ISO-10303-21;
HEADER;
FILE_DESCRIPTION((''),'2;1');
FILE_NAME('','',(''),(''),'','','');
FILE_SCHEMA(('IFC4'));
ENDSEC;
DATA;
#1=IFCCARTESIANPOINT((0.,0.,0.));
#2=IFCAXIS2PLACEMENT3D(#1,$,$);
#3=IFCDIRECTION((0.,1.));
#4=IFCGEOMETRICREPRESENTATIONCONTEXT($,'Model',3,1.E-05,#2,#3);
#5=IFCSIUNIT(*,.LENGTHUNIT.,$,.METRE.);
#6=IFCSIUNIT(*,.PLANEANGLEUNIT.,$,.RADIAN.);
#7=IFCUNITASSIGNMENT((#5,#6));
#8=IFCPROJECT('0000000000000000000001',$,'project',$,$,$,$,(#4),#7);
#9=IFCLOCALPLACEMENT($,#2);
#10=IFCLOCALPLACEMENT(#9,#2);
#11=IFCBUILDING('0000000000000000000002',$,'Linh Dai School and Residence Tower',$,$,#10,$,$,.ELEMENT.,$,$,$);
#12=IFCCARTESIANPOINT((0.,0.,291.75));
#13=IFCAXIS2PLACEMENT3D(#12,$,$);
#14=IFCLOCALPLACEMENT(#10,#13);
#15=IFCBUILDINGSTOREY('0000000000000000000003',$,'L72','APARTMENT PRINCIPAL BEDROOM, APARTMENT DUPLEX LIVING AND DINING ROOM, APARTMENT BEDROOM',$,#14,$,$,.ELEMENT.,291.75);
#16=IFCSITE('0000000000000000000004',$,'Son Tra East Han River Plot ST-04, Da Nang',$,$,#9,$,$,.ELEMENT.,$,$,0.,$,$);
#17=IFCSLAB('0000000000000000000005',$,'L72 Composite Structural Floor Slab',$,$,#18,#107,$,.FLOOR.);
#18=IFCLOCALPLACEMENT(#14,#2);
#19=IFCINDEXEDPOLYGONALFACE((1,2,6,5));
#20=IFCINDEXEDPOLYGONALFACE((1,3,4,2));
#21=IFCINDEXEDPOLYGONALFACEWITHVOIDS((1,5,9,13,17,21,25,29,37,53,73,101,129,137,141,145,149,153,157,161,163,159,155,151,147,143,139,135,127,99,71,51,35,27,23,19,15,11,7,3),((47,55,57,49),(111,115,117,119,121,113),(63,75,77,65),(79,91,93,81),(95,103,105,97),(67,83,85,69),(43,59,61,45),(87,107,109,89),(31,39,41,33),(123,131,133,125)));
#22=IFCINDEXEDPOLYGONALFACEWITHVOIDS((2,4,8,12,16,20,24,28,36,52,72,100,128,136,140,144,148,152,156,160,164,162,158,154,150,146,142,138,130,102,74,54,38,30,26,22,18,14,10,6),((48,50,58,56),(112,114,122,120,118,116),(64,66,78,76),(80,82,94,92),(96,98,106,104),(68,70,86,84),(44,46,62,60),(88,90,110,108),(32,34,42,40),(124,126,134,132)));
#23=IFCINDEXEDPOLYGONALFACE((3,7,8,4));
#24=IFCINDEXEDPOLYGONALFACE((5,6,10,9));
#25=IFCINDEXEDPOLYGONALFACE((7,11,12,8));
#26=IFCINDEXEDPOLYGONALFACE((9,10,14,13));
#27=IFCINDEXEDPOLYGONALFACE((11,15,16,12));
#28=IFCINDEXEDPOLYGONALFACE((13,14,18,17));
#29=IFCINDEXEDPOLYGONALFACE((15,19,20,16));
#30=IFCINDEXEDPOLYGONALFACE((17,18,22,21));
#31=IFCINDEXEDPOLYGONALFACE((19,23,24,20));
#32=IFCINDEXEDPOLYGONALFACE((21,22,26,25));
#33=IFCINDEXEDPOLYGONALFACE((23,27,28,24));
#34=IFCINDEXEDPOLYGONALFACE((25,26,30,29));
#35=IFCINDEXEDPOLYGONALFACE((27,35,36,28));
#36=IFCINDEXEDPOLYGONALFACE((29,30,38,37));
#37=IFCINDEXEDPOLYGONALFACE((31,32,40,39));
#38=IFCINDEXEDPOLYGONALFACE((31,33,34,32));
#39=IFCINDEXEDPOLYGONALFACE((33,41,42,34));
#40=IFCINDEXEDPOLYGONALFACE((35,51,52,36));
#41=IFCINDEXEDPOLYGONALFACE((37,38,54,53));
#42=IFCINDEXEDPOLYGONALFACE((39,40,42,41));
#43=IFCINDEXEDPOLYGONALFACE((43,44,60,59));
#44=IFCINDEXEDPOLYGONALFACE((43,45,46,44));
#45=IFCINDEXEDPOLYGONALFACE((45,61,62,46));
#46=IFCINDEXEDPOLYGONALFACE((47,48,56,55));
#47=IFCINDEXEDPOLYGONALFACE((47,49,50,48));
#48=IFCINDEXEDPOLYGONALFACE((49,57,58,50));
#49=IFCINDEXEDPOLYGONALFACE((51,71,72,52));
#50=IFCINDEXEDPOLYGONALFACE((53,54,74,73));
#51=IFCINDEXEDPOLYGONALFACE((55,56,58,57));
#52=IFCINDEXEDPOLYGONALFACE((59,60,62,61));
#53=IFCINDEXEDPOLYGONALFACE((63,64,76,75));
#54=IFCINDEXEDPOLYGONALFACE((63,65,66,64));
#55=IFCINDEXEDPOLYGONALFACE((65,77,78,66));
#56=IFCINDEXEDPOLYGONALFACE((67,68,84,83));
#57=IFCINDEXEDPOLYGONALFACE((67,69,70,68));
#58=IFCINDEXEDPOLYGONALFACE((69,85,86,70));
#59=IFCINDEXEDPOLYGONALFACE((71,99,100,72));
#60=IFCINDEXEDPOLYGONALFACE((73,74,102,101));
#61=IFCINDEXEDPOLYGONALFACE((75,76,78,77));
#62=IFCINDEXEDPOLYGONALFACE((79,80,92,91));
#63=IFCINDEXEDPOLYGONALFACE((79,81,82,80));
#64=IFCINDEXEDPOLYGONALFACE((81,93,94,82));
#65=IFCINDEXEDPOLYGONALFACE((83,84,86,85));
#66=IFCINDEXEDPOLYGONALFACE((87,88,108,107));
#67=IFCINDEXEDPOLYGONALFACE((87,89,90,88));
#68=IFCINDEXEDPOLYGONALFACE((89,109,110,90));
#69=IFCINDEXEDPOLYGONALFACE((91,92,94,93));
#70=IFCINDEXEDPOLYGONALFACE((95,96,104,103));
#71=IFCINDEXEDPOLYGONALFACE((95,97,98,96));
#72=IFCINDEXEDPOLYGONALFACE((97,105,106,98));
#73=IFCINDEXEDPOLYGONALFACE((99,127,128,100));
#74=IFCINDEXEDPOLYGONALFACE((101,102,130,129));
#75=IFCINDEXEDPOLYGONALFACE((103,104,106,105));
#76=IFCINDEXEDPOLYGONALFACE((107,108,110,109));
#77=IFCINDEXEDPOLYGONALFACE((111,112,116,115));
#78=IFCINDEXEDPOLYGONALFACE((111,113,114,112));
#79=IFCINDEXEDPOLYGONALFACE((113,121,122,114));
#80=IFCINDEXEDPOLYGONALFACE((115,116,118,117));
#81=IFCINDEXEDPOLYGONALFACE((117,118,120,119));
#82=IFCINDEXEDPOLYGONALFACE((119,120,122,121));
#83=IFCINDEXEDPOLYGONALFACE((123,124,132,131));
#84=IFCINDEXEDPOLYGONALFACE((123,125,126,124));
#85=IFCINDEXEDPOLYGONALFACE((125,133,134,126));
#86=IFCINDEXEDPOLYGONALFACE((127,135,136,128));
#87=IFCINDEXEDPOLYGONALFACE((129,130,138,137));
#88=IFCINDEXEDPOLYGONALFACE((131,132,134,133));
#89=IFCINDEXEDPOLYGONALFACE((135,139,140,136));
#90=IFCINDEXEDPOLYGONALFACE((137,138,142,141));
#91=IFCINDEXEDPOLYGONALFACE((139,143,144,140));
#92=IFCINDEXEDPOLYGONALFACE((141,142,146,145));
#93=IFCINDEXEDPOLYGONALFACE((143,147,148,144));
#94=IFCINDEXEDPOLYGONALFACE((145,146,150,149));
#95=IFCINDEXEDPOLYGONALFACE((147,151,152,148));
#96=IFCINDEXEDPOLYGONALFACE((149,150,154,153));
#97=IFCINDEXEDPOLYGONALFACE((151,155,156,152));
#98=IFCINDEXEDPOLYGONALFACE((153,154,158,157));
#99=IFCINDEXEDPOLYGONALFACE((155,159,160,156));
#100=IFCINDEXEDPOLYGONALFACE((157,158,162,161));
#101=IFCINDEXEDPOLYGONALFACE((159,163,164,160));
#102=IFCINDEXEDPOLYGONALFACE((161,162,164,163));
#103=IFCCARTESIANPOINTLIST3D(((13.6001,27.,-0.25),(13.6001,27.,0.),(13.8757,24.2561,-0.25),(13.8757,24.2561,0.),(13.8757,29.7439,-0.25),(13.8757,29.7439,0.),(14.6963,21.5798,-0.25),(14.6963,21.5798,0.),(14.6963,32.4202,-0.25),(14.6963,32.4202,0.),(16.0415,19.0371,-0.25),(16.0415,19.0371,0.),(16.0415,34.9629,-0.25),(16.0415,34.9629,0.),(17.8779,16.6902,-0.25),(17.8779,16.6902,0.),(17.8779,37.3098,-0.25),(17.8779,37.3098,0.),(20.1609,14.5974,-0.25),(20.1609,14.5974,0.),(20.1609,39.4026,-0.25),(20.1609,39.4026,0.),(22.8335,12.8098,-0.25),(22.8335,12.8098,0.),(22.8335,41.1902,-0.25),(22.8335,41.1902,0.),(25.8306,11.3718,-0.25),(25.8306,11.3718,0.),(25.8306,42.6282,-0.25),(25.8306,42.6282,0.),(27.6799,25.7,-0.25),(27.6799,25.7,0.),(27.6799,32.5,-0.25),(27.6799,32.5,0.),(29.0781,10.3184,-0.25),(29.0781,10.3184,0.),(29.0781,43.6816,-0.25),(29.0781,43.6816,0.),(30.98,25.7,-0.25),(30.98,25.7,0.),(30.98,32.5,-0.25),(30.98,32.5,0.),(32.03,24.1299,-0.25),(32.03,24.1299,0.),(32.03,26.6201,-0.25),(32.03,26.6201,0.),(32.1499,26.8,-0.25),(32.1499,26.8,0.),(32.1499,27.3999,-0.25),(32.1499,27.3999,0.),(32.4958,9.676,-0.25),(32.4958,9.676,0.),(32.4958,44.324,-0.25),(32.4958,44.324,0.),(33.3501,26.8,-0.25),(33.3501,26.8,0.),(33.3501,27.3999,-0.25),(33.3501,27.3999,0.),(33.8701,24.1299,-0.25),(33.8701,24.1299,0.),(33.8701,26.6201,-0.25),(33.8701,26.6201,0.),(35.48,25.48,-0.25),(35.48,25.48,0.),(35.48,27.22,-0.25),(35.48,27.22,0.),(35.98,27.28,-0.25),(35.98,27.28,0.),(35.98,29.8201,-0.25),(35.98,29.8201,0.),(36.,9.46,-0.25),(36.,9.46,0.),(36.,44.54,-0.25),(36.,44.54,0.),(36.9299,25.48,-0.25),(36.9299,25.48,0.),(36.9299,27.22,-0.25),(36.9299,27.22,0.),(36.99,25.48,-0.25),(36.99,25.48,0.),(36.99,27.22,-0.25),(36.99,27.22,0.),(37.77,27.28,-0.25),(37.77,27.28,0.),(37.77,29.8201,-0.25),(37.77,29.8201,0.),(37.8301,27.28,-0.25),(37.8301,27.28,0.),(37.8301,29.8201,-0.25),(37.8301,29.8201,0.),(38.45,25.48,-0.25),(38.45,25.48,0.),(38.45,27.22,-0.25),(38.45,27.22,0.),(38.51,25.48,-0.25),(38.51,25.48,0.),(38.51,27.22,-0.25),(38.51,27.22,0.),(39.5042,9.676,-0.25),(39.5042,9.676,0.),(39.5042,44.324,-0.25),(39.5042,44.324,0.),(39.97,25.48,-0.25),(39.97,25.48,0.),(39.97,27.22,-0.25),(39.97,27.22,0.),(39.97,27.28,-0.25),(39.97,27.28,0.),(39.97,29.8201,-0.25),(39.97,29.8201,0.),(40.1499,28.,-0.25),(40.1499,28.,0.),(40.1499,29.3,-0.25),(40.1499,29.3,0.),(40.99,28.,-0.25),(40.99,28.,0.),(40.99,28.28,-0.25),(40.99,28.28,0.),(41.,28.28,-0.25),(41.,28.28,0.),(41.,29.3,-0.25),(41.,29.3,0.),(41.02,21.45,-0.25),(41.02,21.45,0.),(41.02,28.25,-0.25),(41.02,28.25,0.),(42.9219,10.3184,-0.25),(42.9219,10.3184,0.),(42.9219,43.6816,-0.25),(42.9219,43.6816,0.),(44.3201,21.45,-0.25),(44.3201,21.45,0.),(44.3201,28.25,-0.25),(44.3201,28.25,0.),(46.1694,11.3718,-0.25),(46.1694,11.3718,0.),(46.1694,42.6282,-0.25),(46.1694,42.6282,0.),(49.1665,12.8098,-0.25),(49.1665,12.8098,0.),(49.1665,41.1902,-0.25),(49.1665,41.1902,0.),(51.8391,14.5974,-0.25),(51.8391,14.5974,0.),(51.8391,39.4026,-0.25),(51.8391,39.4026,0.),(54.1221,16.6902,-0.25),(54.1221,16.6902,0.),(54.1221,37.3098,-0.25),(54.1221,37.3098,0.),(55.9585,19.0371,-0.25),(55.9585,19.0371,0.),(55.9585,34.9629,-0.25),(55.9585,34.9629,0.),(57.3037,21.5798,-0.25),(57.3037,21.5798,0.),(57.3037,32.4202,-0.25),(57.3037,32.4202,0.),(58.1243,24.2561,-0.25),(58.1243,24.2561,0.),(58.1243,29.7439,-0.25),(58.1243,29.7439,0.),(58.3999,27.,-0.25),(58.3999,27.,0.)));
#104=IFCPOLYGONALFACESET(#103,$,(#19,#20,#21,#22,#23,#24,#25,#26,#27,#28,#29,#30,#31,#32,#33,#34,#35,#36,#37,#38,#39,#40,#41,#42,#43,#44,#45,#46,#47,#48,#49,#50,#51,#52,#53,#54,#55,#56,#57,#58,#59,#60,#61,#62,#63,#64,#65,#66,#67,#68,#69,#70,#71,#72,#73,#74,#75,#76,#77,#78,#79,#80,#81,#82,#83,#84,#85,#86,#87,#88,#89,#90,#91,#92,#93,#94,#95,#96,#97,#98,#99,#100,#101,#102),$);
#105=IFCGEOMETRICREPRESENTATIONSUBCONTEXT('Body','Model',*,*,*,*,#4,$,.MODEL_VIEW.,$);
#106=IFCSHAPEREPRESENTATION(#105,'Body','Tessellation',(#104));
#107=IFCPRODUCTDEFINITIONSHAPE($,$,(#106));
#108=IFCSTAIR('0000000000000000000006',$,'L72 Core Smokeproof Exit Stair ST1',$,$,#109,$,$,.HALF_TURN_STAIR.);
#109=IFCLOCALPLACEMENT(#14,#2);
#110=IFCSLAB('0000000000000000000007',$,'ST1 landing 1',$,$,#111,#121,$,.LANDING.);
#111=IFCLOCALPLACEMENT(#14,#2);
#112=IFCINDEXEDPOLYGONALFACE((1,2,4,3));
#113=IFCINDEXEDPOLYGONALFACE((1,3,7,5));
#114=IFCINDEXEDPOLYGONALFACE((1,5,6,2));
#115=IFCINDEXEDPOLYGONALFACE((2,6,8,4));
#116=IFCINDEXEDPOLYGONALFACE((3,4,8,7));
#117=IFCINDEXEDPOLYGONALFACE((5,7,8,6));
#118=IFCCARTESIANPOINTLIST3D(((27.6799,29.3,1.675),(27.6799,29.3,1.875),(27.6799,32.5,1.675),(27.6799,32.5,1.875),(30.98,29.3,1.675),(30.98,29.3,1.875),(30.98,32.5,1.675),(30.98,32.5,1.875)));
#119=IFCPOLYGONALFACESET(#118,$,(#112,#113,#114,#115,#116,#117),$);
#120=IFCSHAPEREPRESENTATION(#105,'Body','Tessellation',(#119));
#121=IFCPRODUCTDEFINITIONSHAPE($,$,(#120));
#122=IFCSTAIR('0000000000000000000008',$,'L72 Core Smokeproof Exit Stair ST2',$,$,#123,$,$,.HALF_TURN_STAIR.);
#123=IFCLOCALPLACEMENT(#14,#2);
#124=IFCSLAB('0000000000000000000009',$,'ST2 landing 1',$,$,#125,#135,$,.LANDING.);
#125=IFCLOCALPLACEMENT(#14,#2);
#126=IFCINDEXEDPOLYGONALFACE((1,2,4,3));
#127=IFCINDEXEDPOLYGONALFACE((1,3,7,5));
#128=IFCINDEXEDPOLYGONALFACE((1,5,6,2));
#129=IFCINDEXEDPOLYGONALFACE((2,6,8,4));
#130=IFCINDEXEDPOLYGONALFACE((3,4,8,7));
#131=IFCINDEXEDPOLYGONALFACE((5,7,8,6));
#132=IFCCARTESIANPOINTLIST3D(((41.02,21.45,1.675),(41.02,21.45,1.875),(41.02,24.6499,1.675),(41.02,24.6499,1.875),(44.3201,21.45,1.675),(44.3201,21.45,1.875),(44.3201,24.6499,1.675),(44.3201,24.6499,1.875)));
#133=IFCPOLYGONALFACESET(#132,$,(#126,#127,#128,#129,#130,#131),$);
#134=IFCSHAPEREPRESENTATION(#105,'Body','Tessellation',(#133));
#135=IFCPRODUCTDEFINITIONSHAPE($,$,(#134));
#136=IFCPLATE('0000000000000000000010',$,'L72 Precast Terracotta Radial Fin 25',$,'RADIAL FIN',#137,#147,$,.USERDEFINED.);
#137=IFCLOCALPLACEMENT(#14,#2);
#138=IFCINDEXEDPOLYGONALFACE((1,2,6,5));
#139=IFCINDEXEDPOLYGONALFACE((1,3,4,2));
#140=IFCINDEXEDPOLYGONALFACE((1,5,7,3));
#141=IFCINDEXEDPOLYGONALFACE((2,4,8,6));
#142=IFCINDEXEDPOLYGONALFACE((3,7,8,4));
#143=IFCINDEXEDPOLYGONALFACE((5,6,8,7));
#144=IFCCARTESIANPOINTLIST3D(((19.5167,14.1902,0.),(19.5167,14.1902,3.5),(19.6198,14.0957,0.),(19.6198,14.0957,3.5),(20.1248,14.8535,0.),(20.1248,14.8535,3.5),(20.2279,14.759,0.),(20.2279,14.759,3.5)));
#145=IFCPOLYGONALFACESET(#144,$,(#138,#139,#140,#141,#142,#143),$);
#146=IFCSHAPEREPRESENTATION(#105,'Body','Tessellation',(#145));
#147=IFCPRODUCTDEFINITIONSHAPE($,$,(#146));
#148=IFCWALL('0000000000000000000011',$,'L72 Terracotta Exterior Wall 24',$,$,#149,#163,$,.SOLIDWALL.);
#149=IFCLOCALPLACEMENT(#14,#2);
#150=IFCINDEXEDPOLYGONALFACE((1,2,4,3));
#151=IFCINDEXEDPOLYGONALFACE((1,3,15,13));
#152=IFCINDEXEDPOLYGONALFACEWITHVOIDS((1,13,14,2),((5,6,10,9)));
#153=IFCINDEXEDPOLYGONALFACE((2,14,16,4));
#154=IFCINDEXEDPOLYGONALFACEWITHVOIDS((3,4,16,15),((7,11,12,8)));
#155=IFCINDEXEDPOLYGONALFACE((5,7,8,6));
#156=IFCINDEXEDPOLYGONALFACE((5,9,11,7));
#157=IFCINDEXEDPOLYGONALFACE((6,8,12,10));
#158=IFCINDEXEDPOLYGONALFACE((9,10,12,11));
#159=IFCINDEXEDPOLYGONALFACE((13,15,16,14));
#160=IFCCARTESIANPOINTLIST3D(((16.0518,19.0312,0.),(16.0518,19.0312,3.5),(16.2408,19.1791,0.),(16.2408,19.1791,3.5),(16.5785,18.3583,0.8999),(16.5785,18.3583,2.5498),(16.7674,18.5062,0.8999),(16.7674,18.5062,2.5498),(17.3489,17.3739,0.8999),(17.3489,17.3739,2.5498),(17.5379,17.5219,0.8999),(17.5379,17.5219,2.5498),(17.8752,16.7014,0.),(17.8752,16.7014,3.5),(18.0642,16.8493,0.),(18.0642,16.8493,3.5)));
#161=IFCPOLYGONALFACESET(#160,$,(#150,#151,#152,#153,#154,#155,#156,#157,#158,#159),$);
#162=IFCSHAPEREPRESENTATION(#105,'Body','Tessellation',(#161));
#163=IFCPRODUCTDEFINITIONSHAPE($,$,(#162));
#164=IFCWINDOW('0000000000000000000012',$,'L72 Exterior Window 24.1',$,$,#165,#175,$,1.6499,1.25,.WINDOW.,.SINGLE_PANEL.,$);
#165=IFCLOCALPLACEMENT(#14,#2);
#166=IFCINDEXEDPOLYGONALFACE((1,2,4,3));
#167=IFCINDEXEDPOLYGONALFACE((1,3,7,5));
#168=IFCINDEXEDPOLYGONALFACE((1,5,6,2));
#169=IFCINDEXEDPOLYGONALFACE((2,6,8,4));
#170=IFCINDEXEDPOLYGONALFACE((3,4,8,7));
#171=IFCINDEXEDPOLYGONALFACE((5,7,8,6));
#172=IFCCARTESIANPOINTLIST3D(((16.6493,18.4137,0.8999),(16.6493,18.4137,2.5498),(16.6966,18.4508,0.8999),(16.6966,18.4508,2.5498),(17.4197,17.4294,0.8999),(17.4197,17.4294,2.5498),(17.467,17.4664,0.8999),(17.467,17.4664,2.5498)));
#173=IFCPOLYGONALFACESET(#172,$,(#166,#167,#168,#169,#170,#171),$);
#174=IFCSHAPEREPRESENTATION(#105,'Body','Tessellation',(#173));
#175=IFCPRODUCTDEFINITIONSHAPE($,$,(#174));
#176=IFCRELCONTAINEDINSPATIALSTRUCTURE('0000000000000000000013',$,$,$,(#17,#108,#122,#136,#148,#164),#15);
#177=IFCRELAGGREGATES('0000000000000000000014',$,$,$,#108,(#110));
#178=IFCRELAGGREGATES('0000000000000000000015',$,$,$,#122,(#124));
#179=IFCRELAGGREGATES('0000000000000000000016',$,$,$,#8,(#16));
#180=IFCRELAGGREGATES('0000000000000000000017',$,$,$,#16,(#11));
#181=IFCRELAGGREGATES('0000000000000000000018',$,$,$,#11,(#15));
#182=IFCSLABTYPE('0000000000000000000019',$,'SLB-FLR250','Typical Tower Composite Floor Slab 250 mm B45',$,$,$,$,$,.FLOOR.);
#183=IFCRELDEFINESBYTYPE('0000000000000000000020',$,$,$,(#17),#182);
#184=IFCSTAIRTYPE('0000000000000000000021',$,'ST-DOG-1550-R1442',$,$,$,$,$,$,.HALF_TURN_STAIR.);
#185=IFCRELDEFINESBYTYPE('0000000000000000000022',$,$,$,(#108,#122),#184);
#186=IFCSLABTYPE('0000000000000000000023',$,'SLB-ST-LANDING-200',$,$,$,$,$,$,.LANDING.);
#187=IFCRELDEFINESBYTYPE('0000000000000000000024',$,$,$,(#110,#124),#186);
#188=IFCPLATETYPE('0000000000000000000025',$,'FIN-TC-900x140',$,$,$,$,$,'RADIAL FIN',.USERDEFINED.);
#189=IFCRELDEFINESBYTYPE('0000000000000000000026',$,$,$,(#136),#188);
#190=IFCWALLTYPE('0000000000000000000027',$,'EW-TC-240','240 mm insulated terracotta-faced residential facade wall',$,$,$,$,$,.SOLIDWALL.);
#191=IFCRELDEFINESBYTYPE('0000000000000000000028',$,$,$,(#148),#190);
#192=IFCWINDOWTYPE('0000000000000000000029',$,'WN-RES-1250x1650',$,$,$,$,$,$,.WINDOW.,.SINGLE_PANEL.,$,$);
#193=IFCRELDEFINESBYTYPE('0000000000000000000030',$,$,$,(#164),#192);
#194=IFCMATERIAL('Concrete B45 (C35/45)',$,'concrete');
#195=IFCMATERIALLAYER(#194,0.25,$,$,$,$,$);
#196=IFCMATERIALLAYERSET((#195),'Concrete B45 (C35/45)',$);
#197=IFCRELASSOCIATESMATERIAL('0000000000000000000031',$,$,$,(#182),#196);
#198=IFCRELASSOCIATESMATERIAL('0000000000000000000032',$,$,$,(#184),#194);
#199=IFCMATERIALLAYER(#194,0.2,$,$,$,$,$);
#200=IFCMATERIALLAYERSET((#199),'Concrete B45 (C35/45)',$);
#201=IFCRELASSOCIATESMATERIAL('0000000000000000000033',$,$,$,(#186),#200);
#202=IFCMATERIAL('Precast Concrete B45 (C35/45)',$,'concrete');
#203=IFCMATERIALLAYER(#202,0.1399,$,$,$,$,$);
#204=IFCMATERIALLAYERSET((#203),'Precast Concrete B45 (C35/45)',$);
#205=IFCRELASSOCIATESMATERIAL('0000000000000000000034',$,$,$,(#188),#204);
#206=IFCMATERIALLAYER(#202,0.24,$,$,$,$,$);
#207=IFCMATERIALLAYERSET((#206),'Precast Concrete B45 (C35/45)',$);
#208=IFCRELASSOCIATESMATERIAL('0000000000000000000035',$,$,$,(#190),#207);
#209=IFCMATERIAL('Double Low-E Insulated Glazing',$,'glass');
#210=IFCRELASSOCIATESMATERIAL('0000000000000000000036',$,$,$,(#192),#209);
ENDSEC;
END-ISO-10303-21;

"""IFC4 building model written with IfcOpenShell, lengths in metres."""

from ifc_helpers import new_model, si_unit, direction, frame, frame_2d, origin, origin_2d, place, context, subcontext, project, spatial, polyline, rectangle, outline, extrude, source, transform, mapped, material, layer, layer_set, type_object, element, fill, aggregate, save


model = new_model("IFC4")

# Units and contexts
model_context = context("Model", 3, precision=1e-05, world=origin(), true_north=direction((0.0, 1.0)))
body_context = subcontext(model_context, "Body", "Model", "MODEL_VIEW")
ifc_project = project(units=[si_unit("LENGTHUNIT", "METRE"), si_unit("PLANEANGLEUNIT", "RADIAN")], contexts=[model_context])

# Site, building, storey
site_placement = place(None, origin())
site = spatial("IfcSite", under=ifc_project, at=site_placement, Name="Son Tra East Han River Plot ST-04, Da Nang", CompositionType="ELEMENT", RefElevation=0.0)
building_placement = place(site_placement, origin())
building = spatial("IfcBuilding", under=site, at=building_placement, Name="Linh Dai School and Residence Tower", CompositionType="ELEMENT")
storey_placement = place(building_placement, frame((0.0, 0.0, 291.75)))
storey = spatial("IfcBuildingStorey", under=building, at=storey_placement, Name="L72", Description="APARTMENT PRINCIPAL BEDROOM, APARTMENT DUPLEX LIVING AND DINING ROOM, APARTMENT BEDROOM", CompositionType="ELEMENT", Elevation=291.75)

# Slab
ifc_material_1 = material(Name="Concrete B45 (C35/45)", Category="concrete")
ifc_layer_1 = layer(ifc_material_1, 0.25)
ifc_layer_set_1 = layer_set([ifc_layer_1], Name="Concrete B45 (C35/45)")
slab_type_1 = type_object("IfcSlabType", Name="SLB-FLR250", Description="Typical Tower Composite Floor Slab 250 mm B45", PredefinedType="FLOOR", material=ifc_layer_set_1)
slab_1_placement = place(storey_placement, frame((0.0, 0.0, -0.25)))
element("IfcSlab", 1, at=slab_1_placement, inside=storey, type_object=slab_type_1, Name="L72 Composite Structural Floor Slab", PredefinedType="FLOOR", context=body_context, shape_type="SweptSolid", body=[
    extrude(outline(polyline([(58.3999, 27.0), (58.1243, 29.7439), (57.3037, 32.4202), (55.9585, 34.9629), (54.1221, 37.3098), (51.8391, 39.4026), (49.1665, 41.1902), (46.1694, 42.6282), (42.9219, 43.6816), (39.5042, 44.324), (36.0, 44.54), (32.4958, 44.324), (29.0781, 43.6816), (25.8306, 42.6282), (22.8335, 41.1902), (20.1609, 39.4026), (17.8779, 37.3098), (16.0415, 34.9629), (14.6963, 32.4202), (13.8757, 29.7439), (13.6001, 27.0), (13.8757, 24.2561), (14.6963, 21.5798), (16.0415, 19.0371), (17.8779, 16.6902), (20.1609, 14.5974), (22.8335, 12.8098), (25.8306, 11.3718), (29.0781, 10.3184), (32.4958, 9.676), (36.0, 9.46), (39.5042, 9.676), (42.9219, 10.3184), (46.1694, 11.3718), (49.1665, 12.8098), (51.8391, 14.5974), (54.1221, 16.6902), (55.9585, 19.0371), (57.3037, 21.5798), (58.1243, 24.2561), (58.3999, 27.0)]), holes=[polyline([(30.98, 25.7), (30.98, 32.5), (27.6799, 32.5), (27.6799, 25.7), (30.98, 25.7)]), polyline([(41.02, 28.25), (41.02, 21.45), (44.3201, 21.45), (44.3201, 28.25), (41.02, 28.25)]), polyline([(35.98, 27.28), (37.77, 27.28), (37.77, 29.8201), (35.98, 29.8201), (35.98, 27.28)]), polyline([(32.03, 24.1299), (33.8701, 24.1299), (33.8701, 26.6201), (32.03, 26.6201), (32.03, 24.1299)]), polyline([(37.8301, 27.28), (39.97, 27.28), (39.97, 29.8201), (37.8301, 29.8201), (37.8301, 27.28)]), polyline([(35.48, 25.48), (36.9299, 25.48), (36.9299, 27.22), (35.48, 27.22), (35.48, 25.48)]), polyline([(36.99, 25.48), (38.45, 25.48), (38.45, 27.22), (36.99, 27.22), (36.99, 25.48)]), polyline([(38.51, 25.48), (39.97, 25.48), (39.97, 27.22), (38.51, 27.22), (38.51, 25.48)]), polyline([(40.1499, 28.0), (40.1499, 29.3), (41.0, 29.3), (41.0, 28.28), (40.99, 28.28), (40.99, 28.0), (40.1499, 28.0)]), polyline([(32.1499, 26.8), (33.3501, 26.8), (33.3501, 27.3999), (32.1499, 27.3999), (32.1499, 26.8)])]), origin(), (0.0, 0.0, 1.0), 0.25),
])

# Stairs, slabs
stair_type = type_object("IfcStairType", Name="ST-DOG-1550-R1442", PredefinedType="HALF_TURN_STAIR", material=ifc_material_1)
stair_1_placement = place(storey_placement, origin())
stair_1 = element("IfcStair", 2, at=stair_1_placement, inside=storey, type_object=stair_type, Name="L72 Core Smokeproof Exit Stair ST1", PredefinedType="HALF_TURN_STAIR")
ifc_layer_2 = layer(ifc_material_1, 0.2)
ifc_layer_set_2 = layer_set([ifc_layer_2], Name="Concrete B45 (C35/45)")
slab_type_2 = type_object("IfcSlabType", Name="SLB-ST-LANDING-200", PredefinedType="LANDING", material=ifc_layer_set_2)
slab_2_placement = place(storey_placement, frame((0.0, 0.0, 1.675)))
slab_2 = element("IfcSlab", 3, at=slab_2_placement, type_object=slab_type_2, Name="ST1 landing 1", PredefinedType="LANDING", context=body_context, shape_type="SweptSolid", body=[
    extrude(outline(polyline([(30.98, 29.3), (30.98, 32.5), (27.6799, 32.5), (27.6799, 29.3), (30.98, 29.3)])), origin(), (0.0, 0.0, 1.0), 0.2),
])
aggregate(stair_1, [slab_2])
stair_2_placement = place(storey_placement, origin())
stair_2 = element("IfcStair", 4, at=stair_2_placement, inside=storey, type_object=stair_type, Name="L72 Core Smokeproof Exit Stair ST2", PredefinedType="HALF_TURN_STAIR")
slab_3_placement = place(storey_placement, frame((0.0, 0.0, 1.675)))
slab_3 = element("IfcSlab", 5, at=slab_3_placement, type_object=slab_type_2, Name="ST2 landing 1", PredefinedType="LANDING", context=body_context, shape_type="SweptSolid", body=[
    extrude(outline(polyline([(41.02, 24.6499), (41.02, 21.45), (44.3201, 21.45), (44.3201, 24.6499), (41.02, 24.6499)])), origin(), (0.0, 0.0, 1.0), 0.2),
])
aggregate(stair_2, [slab_3])

# Plate
ifc_material_2 = material(Name="Precast Concrete B45 (C35/45)", Category="concrete")
ifc_layer_3 = layer(ifc_material_2, 0.1399)
ifc_layer_set_3 = layer_set([ifc_layer_3], Name="Precast Concrete B45 (C35/45)")
plate_type = type_object("IfcPlateType", Name="FIN-TC-900x140", ElementType="RADIAL FIN", PredefinedType="USERDEFINED", material=ifc_layer_set_3)
shared_shape_1 = source(origin(), body_context, "Body", "SweptSolid", [
    extrude(rectangle(XDim=0.8999, YDim=0.1399, at=origin_2d()), origin(), (0.0, 0.0, 1.0), 3.5),
])
plate_placement = place(storey_placement, frame((19.8723, 14.4746, 0.0), z_axis=(0.0, 0.0, 1.0), x_axis=(-0.675779, -0.737104, 0.0)))
element("IfcPlate", 6, at=plate_placement, inside=storey, type_object=plate_type, Name="L72 Precast Terracotta Radial Fin 25", ObjectType="RADIAL FIN", PredefinedType="USERDEFINED", context=body_context, shape_type="MappedRepresentation", body=[
    mapped(shared_shape_1, transform((0.0, 0.0, 0.0), x_axis=(1.0, 0.0, 0.0), y_axis=(0.0, 1.0, 0.0), z_axis=(0.0, 0.0, 1.0), scale=1.0)),
])

# Wall, opening, window
ifc_layer_4 = layer(ifc_material_2, 0.24)
ifc_layer_set_4 = layer_set([ifc_layer_4], Name="Precast Concrete B45 (C35/45)")
wall_type_1 = type_object("IfcWallType", Name="EW-TC-240", Description="240 mm insulated terracotta-faced residential facade wall", PredefinedType="SOLIDWALL", material=ifc_layer_set_4)
wall_1_placement = place(storey_placement, frame((17.9697, 16.7754, 0.0), z_axis=(0.0, 0.0, 1.0), x_axis=(-0.616337, 0.787482, 0.0)))
wall_1 = element("IfcWall", 7, at=wall_1_placement, inside=storey, type_object=wall_type_1, Name="L72 Terracotta Exterior Wall 24", PredefinedType="SOLIDWALL", context=body_context, shape_type="SweptSolid", body=[
    extrude(rectangle(XDim=2.9585, YDim=0.24, at=frame_2d((1.4792, 0.0))), origin(), (0.0, 0.0, 1.0), 3.5),
])
opening_1_placement = place(wall_1_placement, frame((0.854, 0.0, 0.8999)))
opening_1 = element("IfcOpeningElement", 8, at=opening_1_placement, cuts=wall_1, PredefinedType="OPENING", context=body_context, shape_type="SweptSolid", body=[
    extrude(rectangle(XDim=1.25, YDim=1.6499, at=origin_2d()), frame((0.625, 0.1299, 0.825), z_axis=(0.0, -1.0, 0.0), x_axis=(1.0, 0.0, 0.0)), (0.0, 0.0, 1.0), 0.26),
])
ifc_material_3 = material(Name="Double Low-E Insulated Glazing", Category="glass")
window_type_1 = type_object("IfcWindowType", Name="WN-RES-1250x1650", PartitioningType="SINGLE_PANEL", PredefinedType="WINDOW", material=ifc_material_3)
shared_shape_2 = source(origin(), body_context, "Body", "SweptSolid", [
    extrude(rectangle(XDim=1.25, YDim=1.6499, at=origin_2d()), frame((0.625, 0.03, 0.825), z_axis=(0.0, -1.0, 0.0), x_axis=(1.0, 0.0, 0.0)), (0.0, 0.0, 1.0), 0.0601),
])
window_1_placement = place(opening_1_placement, origin())
window_1 = element("IfcWindow", 9, at=window_1_placement, inside=storey, type_object=window_type_1, Name="L72 Exterior Window 24.1", OverallHeight=1.6499, OverallWidth=1.25, PartitioningType="SINGLE_PANEL", PredefinedType="WINDOW", context=body_context, shape_type="MappedRepresentation", body=[
    mapped(shared_shape_2, transform((0.0, 0.0, 0.0), x_axis=(1.0, 0.0, 0.0), y_axis=(0.0, 1.0, 0.0), z_axis=(0.0, 0.0, 1.0), scale=1.0)),
])
fill(opening_1, window_1)

save(model, "model.ifc")
